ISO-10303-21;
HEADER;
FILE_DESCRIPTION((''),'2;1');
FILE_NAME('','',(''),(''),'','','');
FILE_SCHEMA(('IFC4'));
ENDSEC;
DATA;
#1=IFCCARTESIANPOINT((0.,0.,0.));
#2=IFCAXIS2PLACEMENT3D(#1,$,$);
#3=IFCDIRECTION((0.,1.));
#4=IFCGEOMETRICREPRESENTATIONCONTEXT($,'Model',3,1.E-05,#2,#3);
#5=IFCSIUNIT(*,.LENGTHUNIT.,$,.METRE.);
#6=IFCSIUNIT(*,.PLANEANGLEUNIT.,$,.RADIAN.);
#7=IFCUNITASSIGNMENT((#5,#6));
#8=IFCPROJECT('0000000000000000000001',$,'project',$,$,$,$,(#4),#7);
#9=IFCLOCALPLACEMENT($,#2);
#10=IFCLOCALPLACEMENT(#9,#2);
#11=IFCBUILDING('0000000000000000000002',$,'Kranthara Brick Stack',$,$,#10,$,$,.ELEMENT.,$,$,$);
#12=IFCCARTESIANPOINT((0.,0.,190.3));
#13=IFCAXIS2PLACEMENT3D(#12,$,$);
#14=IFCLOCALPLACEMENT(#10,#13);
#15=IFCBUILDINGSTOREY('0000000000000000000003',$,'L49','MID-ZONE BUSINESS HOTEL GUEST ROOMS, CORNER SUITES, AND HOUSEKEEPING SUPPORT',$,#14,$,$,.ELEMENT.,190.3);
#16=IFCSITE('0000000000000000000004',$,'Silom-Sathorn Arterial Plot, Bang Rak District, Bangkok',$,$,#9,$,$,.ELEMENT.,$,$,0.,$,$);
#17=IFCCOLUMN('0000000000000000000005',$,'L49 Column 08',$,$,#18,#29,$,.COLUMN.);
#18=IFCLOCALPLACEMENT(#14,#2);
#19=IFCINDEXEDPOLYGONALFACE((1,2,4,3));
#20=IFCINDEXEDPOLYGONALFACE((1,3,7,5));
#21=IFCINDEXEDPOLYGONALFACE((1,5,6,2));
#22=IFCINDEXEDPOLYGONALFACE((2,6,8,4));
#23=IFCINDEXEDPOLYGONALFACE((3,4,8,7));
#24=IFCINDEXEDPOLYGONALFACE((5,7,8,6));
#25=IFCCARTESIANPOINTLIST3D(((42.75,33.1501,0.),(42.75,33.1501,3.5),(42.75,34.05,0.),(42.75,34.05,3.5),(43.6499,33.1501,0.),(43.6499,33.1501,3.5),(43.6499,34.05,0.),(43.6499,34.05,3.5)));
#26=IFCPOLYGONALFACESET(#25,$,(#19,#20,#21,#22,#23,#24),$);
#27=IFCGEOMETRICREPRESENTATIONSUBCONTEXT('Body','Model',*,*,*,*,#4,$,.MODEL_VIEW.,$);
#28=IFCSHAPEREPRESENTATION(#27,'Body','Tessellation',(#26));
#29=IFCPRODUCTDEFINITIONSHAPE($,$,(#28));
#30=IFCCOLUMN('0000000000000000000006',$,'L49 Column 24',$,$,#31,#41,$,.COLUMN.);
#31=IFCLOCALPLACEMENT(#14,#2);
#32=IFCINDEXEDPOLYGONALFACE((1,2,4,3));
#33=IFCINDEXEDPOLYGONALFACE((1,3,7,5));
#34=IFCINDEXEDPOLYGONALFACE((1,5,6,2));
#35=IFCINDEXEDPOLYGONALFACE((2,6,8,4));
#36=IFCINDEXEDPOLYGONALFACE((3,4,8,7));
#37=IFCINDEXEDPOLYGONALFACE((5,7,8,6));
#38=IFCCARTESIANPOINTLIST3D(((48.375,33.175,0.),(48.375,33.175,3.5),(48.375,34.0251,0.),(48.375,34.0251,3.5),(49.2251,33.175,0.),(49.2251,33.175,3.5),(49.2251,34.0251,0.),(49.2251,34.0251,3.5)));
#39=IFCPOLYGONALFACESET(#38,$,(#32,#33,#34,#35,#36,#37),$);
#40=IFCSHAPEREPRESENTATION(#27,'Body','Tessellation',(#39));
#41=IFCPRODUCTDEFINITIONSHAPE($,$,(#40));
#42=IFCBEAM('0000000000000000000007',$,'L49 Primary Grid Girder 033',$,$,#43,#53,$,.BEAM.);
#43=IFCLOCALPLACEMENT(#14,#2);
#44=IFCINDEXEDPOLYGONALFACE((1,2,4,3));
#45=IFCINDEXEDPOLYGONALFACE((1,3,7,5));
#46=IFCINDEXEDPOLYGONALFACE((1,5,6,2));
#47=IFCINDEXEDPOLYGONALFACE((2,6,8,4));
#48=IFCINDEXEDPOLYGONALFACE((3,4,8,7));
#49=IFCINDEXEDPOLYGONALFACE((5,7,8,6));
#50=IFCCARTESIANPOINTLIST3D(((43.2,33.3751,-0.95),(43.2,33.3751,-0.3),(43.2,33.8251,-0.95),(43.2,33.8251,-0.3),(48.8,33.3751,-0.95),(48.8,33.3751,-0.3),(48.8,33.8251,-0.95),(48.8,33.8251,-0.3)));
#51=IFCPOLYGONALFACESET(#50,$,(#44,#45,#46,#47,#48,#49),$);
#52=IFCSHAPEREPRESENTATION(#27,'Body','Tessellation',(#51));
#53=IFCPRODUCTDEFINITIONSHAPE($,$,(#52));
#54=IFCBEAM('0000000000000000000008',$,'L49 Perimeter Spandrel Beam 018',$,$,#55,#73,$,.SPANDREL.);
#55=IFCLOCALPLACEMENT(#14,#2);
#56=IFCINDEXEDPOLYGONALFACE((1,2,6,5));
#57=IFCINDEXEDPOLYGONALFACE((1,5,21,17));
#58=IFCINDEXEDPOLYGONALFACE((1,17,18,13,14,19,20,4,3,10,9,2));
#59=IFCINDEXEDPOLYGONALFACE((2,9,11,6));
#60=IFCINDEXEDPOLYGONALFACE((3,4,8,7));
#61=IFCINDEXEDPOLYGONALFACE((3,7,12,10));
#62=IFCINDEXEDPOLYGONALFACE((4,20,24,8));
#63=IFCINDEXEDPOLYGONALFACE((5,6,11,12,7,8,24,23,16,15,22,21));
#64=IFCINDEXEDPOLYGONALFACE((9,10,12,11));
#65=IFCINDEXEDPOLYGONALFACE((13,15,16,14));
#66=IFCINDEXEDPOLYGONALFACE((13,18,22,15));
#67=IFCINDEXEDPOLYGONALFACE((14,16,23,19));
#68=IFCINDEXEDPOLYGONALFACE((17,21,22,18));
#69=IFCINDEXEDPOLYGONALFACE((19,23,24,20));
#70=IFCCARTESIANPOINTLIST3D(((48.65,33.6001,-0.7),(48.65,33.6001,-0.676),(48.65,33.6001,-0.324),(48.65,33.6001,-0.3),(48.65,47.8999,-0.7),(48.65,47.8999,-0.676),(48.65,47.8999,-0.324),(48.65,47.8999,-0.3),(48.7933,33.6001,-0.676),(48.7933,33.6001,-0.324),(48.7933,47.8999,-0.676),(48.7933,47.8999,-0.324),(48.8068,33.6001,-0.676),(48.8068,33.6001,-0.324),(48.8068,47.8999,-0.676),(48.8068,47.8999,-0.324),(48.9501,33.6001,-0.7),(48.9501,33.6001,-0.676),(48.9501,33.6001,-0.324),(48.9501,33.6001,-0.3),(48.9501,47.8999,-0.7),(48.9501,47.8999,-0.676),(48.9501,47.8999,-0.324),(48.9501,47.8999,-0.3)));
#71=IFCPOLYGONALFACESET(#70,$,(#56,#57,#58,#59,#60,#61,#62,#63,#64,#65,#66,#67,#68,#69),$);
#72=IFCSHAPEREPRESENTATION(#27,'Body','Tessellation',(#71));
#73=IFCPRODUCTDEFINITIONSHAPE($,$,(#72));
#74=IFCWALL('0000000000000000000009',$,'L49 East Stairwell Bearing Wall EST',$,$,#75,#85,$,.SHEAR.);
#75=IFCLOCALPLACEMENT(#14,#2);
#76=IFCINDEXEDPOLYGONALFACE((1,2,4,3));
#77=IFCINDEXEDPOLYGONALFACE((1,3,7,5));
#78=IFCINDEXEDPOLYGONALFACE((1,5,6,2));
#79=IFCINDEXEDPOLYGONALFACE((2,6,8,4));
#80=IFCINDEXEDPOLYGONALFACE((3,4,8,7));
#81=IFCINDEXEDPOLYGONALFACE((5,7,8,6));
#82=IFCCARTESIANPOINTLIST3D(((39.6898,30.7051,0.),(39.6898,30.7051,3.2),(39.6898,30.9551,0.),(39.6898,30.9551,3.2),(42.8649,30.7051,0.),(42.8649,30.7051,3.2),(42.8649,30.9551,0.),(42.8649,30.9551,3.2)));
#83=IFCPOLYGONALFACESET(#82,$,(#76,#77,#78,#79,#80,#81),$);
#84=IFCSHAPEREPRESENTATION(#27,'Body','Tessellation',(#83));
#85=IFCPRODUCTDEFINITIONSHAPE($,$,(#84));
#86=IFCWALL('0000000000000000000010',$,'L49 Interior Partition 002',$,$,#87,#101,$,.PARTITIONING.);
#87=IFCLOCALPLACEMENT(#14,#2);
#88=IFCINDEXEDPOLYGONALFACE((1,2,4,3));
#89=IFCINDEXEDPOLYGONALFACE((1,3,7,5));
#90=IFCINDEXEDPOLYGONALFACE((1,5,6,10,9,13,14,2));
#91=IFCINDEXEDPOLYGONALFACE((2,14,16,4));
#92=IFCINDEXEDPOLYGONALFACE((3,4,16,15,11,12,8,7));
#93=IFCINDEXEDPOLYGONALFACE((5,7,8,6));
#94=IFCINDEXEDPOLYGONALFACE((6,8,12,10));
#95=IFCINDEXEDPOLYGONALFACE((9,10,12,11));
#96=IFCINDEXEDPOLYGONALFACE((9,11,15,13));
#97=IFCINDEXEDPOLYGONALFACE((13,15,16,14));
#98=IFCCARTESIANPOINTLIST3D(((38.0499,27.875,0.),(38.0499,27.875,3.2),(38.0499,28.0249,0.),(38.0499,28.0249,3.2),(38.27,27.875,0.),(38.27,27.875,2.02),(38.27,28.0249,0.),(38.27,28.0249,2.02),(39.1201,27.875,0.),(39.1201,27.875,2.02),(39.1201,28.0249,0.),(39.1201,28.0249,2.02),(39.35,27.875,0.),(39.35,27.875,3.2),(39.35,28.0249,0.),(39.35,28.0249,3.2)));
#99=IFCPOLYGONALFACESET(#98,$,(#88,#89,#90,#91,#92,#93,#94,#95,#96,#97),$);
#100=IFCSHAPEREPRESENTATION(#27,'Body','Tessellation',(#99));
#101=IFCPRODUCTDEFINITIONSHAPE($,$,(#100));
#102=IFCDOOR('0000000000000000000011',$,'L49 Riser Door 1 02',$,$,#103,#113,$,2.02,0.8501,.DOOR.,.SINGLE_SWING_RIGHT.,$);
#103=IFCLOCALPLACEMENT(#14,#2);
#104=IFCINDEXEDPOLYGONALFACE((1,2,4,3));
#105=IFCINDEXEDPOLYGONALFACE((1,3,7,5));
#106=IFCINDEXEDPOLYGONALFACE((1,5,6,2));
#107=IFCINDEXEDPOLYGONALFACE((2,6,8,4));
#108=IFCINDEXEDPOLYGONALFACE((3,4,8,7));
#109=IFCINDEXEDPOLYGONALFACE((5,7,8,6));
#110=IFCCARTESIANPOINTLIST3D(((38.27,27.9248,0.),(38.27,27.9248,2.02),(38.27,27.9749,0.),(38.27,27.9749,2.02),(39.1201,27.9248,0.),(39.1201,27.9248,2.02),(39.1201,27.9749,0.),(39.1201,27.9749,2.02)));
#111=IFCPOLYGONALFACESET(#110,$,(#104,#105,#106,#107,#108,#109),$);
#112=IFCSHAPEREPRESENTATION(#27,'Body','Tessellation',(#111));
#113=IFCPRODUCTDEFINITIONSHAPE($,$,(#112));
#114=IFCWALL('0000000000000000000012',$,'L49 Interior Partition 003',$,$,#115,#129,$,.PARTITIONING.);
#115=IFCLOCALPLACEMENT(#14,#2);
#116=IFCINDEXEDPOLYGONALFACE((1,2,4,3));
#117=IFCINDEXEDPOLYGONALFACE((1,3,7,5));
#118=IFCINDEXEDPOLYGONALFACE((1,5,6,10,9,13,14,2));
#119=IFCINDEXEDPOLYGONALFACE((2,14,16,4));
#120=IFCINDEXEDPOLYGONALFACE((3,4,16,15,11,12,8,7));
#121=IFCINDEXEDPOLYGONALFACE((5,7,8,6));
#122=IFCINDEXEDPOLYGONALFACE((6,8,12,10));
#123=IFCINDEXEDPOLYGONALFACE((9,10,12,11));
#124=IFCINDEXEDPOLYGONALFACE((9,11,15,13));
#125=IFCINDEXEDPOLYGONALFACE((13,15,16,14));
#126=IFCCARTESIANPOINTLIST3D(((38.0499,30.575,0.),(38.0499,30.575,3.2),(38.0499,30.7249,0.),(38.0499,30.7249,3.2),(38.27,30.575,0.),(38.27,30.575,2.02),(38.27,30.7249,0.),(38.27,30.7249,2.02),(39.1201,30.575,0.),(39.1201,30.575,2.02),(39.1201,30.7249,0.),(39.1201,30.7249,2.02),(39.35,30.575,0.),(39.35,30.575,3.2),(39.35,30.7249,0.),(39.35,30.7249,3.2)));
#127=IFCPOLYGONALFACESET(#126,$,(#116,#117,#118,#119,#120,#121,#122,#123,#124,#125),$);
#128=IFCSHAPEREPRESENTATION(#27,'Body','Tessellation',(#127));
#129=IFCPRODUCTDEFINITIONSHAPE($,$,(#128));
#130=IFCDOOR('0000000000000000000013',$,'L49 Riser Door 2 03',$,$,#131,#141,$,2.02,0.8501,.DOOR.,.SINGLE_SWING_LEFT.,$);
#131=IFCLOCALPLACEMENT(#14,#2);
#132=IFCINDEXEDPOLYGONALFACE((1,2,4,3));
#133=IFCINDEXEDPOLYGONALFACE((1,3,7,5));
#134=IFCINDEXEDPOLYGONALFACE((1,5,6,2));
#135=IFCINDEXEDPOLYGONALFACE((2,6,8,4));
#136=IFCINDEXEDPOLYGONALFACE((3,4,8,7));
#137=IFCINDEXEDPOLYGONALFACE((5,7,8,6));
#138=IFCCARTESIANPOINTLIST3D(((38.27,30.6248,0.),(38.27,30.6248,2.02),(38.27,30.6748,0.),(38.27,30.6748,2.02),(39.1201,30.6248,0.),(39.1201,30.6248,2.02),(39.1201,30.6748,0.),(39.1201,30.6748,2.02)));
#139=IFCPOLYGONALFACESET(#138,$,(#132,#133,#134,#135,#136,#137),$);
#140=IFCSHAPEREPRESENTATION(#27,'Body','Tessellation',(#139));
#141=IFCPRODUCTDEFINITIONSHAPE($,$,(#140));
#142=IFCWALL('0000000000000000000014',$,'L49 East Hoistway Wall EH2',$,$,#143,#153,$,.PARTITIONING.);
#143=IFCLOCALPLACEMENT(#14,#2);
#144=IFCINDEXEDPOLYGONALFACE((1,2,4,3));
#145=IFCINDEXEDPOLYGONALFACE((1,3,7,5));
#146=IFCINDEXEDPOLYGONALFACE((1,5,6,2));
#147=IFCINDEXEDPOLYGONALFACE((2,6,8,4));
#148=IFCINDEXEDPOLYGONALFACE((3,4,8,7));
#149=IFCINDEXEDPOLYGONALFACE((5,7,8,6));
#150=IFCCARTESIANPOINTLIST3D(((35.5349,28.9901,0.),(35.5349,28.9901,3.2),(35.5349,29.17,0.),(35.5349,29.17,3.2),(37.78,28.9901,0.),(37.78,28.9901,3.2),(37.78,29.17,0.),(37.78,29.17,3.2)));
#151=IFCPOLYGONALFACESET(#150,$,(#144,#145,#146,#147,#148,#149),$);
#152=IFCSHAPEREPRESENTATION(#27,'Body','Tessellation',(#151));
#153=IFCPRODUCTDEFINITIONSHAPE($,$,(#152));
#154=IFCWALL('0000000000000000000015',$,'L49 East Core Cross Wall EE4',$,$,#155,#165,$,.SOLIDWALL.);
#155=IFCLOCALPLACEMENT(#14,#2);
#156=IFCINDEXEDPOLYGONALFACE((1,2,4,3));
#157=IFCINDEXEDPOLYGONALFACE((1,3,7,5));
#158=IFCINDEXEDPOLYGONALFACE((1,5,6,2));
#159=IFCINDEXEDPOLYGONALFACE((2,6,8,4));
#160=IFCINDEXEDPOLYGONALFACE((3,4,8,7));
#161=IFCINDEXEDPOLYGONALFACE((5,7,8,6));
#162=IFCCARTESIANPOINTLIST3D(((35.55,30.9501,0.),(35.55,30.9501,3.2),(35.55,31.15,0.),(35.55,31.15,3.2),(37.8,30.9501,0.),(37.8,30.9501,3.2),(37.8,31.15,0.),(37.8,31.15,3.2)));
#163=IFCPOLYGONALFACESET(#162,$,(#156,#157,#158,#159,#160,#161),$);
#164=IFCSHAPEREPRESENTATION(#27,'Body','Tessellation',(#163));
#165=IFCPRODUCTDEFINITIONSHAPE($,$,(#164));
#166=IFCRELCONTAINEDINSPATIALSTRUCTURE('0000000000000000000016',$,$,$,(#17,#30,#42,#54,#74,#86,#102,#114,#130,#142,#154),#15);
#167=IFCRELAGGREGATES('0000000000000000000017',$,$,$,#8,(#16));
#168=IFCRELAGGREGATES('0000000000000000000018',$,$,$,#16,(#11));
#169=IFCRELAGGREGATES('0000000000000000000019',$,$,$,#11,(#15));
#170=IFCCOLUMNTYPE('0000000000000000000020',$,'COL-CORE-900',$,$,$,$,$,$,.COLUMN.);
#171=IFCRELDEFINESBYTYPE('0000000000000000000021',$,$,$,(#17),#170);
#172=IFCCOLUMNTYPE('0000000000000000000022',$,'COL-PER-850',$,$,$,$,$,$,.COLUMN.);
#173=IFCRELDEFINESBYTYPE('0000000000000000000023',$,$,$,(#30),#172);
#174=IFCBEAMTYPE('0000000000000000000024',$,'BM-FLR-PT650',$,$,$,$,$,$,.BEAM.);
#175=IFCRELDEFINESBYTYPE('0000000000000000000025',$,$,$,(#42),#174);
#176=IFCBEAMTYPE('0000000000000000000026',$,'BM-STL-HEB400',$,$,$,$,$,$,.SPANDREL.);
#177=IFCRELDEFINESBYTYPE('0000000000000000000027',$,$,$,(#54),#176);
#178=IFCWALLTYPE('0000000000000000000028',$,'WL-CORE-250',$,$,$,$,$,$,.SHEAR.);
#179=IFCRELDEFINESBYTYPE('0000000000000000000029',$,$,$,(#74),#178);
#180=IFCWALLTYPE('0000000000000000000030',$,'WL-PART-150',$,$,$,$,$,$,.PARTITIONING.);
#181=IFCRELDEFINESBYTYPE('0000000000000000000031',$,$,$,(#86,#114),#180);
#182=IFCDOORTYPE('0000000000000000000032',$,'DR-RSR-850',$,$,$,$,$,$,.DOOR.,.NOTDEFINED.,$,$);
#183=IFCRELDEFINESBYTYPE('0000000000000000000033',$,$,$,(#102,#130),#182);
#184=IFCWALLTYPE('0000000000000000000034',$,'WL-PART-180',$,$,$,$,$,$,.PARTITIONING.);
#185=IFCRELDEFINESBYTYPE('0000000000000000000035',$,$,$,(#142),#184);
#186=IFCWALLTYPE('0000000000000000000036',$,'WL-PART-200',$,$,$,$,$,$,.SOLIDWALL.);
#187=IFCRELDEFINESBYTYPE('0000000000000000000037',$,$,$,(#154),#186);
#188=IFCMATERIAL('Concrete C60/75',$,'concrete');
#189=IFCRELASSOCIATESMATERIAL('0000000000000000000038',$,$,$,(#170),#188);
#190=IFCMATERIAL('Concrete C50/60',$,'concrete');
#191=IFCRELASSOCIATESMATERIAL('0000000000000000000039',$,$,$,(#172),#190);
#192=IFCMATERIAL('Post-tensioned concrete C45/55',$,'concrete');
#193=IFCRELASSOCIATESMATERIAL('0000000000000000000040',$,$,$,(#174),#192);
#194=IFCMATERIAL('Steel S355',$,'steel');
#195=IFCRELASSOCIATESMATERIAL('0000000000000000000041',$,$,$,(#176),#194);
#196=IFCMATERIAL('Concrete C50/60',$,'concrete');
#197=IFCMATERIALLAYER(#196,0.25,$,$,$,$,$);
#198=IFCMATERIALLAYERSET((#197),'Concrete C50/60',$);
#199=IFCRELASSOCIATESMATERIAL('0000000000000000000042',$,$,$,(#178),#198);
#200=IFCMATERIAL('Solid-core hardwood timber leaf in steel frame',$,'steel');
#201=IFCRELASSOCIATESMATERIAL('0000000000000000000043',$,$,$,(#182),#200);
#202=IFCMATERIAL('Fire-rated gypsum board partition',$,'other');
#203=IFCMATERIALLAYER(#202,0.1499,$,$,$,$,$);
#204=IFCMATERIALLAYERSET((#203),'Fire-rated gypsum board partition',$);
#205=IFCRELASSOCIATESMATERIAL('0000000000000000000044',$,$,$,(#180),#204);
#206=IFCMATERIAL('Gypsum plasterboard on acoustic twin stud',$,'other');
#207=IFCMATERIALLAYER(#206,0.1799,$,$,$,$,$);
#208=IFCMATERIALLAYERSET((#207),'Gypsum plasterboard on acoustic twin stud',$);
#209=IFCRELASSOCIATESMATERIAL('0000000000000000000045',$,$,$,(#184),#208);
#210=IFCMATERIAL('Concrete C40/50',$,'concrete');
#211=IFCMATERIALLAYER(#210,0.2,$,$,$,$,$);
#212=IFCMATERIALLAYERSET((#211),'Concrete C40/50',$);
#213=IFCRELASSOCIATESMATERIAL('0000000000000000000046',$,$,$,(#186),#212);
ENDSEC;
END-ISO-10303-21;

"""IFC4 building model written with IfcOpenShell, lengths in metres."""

from ifc_helpers import new_model, si_unit, direction, frame, frame_2d, origin, origin_2d, place, context, subcontext, project, spatial, rectangle, i_section, extrude, material, layer, layer_set, material_profile, profile_set, type_object, element, fill, save


model = new_model("IFC4")

# Units and contexts
model_context = context("Model", 3, precision=1e-05, world=origin(), true_north=direction((0.0, 1.0)))
body_context = subcontext(model_context, "Body", "Model", "MODEL_VIEW")
ifc_project = project(units=[si_unit("LENGTHUNIT", "METRE"), si_unit("PLANEANGLEUNIT", "RADIAN")], contexts=[model_context])

# Site, building, storey
site_placement = place(None, origin())
site = spatial("IfcSite", under=ifc_project, at=site_placement, Name="Silom-Sathorn Arterial Plot, Bang Rak District, Bangkok", CompositionType="ELEMENT", RefElevation=0.0)
building_placement = place(site_placement, origin())
building = spatial("IfcBuilding", under=site, at=building_placement, Name="Kranthara Brick Stack", CompositionType="ELEMENT")
storey_placement = place(building_placement, frame((0.0, 0.0, 190.3)))
storey = spatial("IfcBuildingStorey", under=building, at=storey_placement, Name="L49", Description="MID-ZONE BUSINESS HOTEL GUEST ROOMS, CORNER SUITES, AND HOUSEKEEPING SUPPORT", CompositionType="ELEMENT", Elevation=190.3)

# Columns
ifc_material_1 = material(Name="Concrete C60/75", Category="concrete")
ifc_material_profile_1 = material_profile(ifc_material_1, rectangle(XDim=0.8999, YDim=0.8999, at=origin_2d()), Name="RC 900x900")
ifc_profile_set_1 = profile_set([ifc_material_profile_1], Name="Concrete C60/75")
column_type_1 = type_object("IfcColumnType", Name="COL-CORE-900", PredefinedType="COLUMN", material=ifc_profile_set_1)
column_1_placement = place(storey_placement, frame((43.2, 33.6001, 0.0), z_axis=(0.0, 0.0, 1.0), x_axis=(1.0, 0.0, 0.0)))
element("IfcColumn", 1, at=column_1_placement, inside=storey, type_object=column_type_1, Name="L49 Column 08", PredefinedType="COLUMN", context=body_context, shape_type="SweptSolid", body=[
    extrude(rectangle(XDim=0.8999, YDim=0.8999, at=origin_2d()), origin(), (0.0, 0.0, 1.0), 3.5),
])
ifc_material_2 = material(Name="Concrete C50/60", Category="concrete")
ifc_material_profile_2 = material_profile(ifc_material_2, rectangle(XDim=0.8501, YDim=0.8501, at=origin_2d()), Name="RC 850x850")
ifc_profile_set_2 = profile_set([ifc_material_profile_2], Name="Concrete C50/60")
column_type_2 = type_object("IfcColumnType", Name="COL-PER-850", PredefinedType="COLUMN", material=ifc_profile_set_2)
column_2_placement = place(storey_placement, frame((48.8, 33.6001, 0.0), z_axis=(0.0, 0.0, 1.0), x_axis=(1.0, 0.0, 0.0)))
element("IfcColumn", 2, at=column_2_placement, inside=storey, type_object=column_type_2, Name="L49 Column 24", PredefinedType="COLUMN", context=body_context, shape_type="SweptSolid", body=[
    extrude(rectangle(XDim=0.8501, YDim=0.8501, at=origin_2d()), origin(), (0.0, 0.0, 1.0), 3.5),
])

# Beams
ifc_material_3 = material(Name="Post-tensioned concrete C45/55", Category="concrete")
ifc_material_profile_3 = material_profile(ifc_material_3, rectangle(XDim=0.45, YDim=0.6499, at=origin_2d()), Name="PT 450x650")
ifc_profile_set_3 = profile_set([ifc_material_profile_3], Name="Post-tensioned concrete C45/55")
beam_type_1 = type_object("IfcBeamType", Name="BM-FLR-PT650", PredefinedType="BEAM", material=ifc_profile_set_3)
beam_1_placement = place(storey_placement, frame((43.2, 33.6001, -0.625), z_axis=(1.0, 0.0, 0.0), x_axis=(0.0, 1.0, 0.0)))
element("IfcBeam", 3, at=beam_1_placement, inside=storey, type_object=beam_type_1, Name="L49 Primary Grid Girder 033", PredefinedType="BEAM", context=body_context, shape_type="SweptSolid", body=[
    extrude(rectangle(XDim=0.45, YDim=0.6499, at=origin_2d()), origin(), (0.0, 0.0, 1.0), 5.6001),
])
ifc_material_4 = material(Name="Steel S355", Category="steel")
ifc_material_profile_4 = material_profile(ifc_material_4, i_section(OverallWidth=0.3, OverallDepth=0.3999, WebThickness=0.0134, FlangeThickness=0.0239, at=origin_2d()), Name="HEB 400")
ifc_profile_set_4 = profile_set([ifc_material_profile_4], Name="Steel S355")
beam_type_2 = type_object("IfcBeamType", Name="BM-STL-HEB400", PredefinedType="SPANDREL", material=ifc_profile_set_4)
beam_2_placement = place(storey_placement, frame((48.8, 33.6001, -0.5), z_axis=(0.0, 1.0, 0.0), x_axis=(-1.0, 0.0, 0.0)))
element("IfcBeam", 4, at=beam_2_placement, inside=storey, type_object=beam_type_2, Name="L49 Perimeter Spandrel Beam 018", PredefinedType="SPANDREL", context=body_context, shape_type="SweptSolid", body=[
    extrude(i_section(OverallWidth=0.3, OverallDepth=0.3999, WebThickness=0.0134, FlangeThickness=0.0239, at=origin_2d()), origin(), (0.0, 0.0, 1.0), 14.2998),
])

# Wall
ifc_material_5 = material(Name="Concrete C50/60", Category="concrete")
ifc_layer_1 = layer(ifc_material_5, 0.25)
ifc_layer_set_1 = layer_set([ifc_layer_1], Name="Concrete C50/60")
wall_type_1 = type_object("IfcWallType", Name="WL-CORE-250", PredefinedType="SHEAR", material=ifc_layer_set_1)
wall_1_placement = place(storey_placement, frame((39.6899, 30.8301, 0.0), z_axis=(0.0, 0.0, 1.0), x_axis=(1.0, 0.0, 0.0)))
element("IfcWall", 5, at=wall_1_placement, inside=storey, type_object=wall_type_1, Name="L49 East Stairwell Bearing Wall EST", PredefinedType="SHEAR", context=body_context, shape_type="SweptSolid", body=[
    extrude(rectangle(XDim=3.175, YDim=0.25, at=frame_2d((1.5874, 0.0))), origin(), (0.0, 0.0, 1.0), 3.2),
])

# Shared definitions
ifc_material_6 = material(Name="Solid-core hardwood timber leaf in steel frame", Category="steel")
door_type_1 = type_object("IfcDoorType", Name="DR-RSR-850", OperationType="NOTDEFINED", PredefinedType="DOOR", material=ifc_material_6)

# Walls, openings, doors
ifc_material_7 = material(Name="Fire-rated gypsum board partition", Category="other")
ifc_layer_2 = layer(ifc_material_7, 0.1499)
ifc_layer_set_2 = layer_set([ifc_layer_2], Name="Fire-rated gypsum board partition")
wall_type_2 = type_object("IfcWallType", Name="WL-PART-150", PredefinedType="PARTITIONING", material=ifc_layer_set_2)
wall_2_placement = place(storey_placement, frame((38.05, 27.95, 0.0), z_axis=(0.0, 0.0, 1.0), x_axis=(1.0, 0.0, 0.0)))
wall_2 = element("IfcWall", 6, at=wall_2_placement, inside=storey, type_object=wall_type_2, Name="L49 Interior Partition 002", PredefinedType="PARTITIONING", context=body_context, shape_type="SweptSolid", body=[
    extrude(rectangle(XDim=1.3, YDim=0.1499, at=frame_2d((0.6499, 0.0))), origin(), (0.0, 0.0, 1.0), 3.2),
])
opening_1_placement = place(wall_2_placement, frame((0.22, 0.0, 0.0)))
opening_1 = element("IfcOpeningElement", 7, at=opening_1_placement, cuts=wall_2, PredefinedType="OPENING", context=body_context, shape_type="SweptSolid", body=[
    extrude(rectangle(XDim=0.8501, YDim=2.02, at=frame_2d((0.425, 1.01))), frame((0.0, 0.085, 0.0), z_axis=(0.0, -1.0, 0.0), x_axis=(1.0, 0.0, 0.0)), (0.0, 0.0, 1.0), 0.1699),
])
door_1_placement = place(opening_1_placement, origin())
door_1 = element("IfcDoor", 8, at=door_1_placement, inside=storey, type_object=door_type_1, Name="L49 Riser Door 1 02", OperationType="SINGLE_SWING_RIGHT", OverallHeight=2.02, OverallWidth=0.8501, PredefinedType="DOOR", context=body_context, shape_type="SweptSolid", body=[
    extrude(rectangle(XDim=0.8501, YDim=2.02, at=frame_2d((0.425, 1.01))), frame((0.0, 0.0249, 0.0), z_axis=(0.0, -1.0, 0.0), x_axis=(1.0, 0.0, 0.0)), (0.0, 0.0, 1.0), 0.05),
])
fill(opening_1, door_1)
wall_3_placement = place(storey_placement, frame((38.05, 30.6499, 0.0), z_axis=(0.0, 0.0, 1.0), x_axis=(1.0, 0.0, 0.0)))
wall_3 = element("IfcWall", 9, at=wall_3_placement, inside=storey, type_object=wall_type_2, Name="L49 Interior Partition 003", PredefinedType="PARTITIONING", context=body_context, shape_type="SweptSolid", body=[
    extrude(rectangle(XDim=1.3, YDim=0.1499, at=frame_2d((0.6499, 0.0))), origin(), (0.0, 0.0, 1.0), 3.2),
])
opening_2_placement = place(wall_3_placement, frame((0.22, 0.0, 0.0)))
opening_2 = element("IfcOpeningElement", 10, at=opening_2_placement, cuts=wall_3, PredefinedType="OPENING", context=body_context, shape_type="SweptSolid", body=[
    extrude(rectangle(XDim=0.8501, YDim=2.02, at=frame_2d((0.425, 1.01))), frame((0.0, 0.085, 0.0), z_axis=(0.0, -1.0, 0.0), x_axis=(1.0, 0.0, 0.0)), (0.0, 0.0, 1.0), 0.1699),
])
door_2_placement = place(opening_2_placement, origin())
door_2 = element("IfcDoor", 11, at=door_2_placement, inside=storey, type_object=door_type_1, Name="L49 Riser Door 2 03", OperationType="SINGLE_SWING_LEFT", OverallHeight=2.02, OverallWidth=0.8501, PredefinedType="DOOR", context=body_context, shape_type="SweptSolid", body=[
    extrude(rectangle(XDim=0.8501, YDim=2.02, at=frame_2d((0.425, 1.01))), frame((0.0, 0.0249, 0.0), z_axis=(0.0, -1.0, 0.0), x_axis=(1.0, 0.0, 0.0)), (0.0, 0.0, 1.0), 0.05),
])
fill(opening_2, door_2)

# Walls
ifc_material_8 = material(Name="Gypsum plasterboard on acoustic twin stud", Category="other")
ifc_layer_3 = layer(ifc_material_8, 0.1799)
ifc_layer_set_3 = layer_set([ifc_layer_3], Name="Gypsum plasterboard on acoustic twin stud")
wall_type_3 = type_object("IfcWallType", Name="WL-PART-180", PredefinedType="PARTITIONING", material=ifc_layer_set_3)
wall_4_placement = place(storey_placement, frame((35.5349, 29.0801, 0.0), z_axis=(0.0, 0.0, 1.0), x_axis=(1.0, 0.0, 0.0)))
element("IfcWall", 12, at=wall_4_placement, inside=storey, type_object=wall_type_3, Name="L49 East Hoistway Wall EH2", PredefinedType="PARTITIONING", context=body_context, shape_type="SweptSolid", body=[
    extrude(rectangle(XDim=2.2451, YDim=0.1799, at=frame_2d((1.1226, 0.0))), origin(), (0.0, 0.0, 1.0), 3.2),
])
ifc_material_9 = material(Name="Concrete C40/50", Category="concrete")
ifc_layer_4 = layer(ifc_material_9, 0.2)
ifc_layer_set_4 = layer_set([ifc_layer_4], Name="Concrete C40/50")
wall_type_4 = type_object("IfcWallType", Name="WL-PART-200", PredefinedType="SOLIDWALL", material=ifc_layer_set_4)
wall_5_placement = place(storey_placement, frame((35.55, 31.05, 0.0), z_axis=(0.0, 0.0, 1.0), x_axis=(1.0, 0.0, 0.0)))
element("IfcWall", 13, at=wall_5_placement, inside=storey, type_object=wall_type_4, Name="L49 East Core Cross Wall EE4", PredefinedType="SOLIDWALL", context=body_context, shape_type="SweptSolid", body=[
    extrude(rectangle(XDim=2.25, YDim=0.2, at=frame_2d((1.125, 0.0))), origin(), (0.0, 0.0, 1.0), 3.2),
])

save(model, "model.ifc")
